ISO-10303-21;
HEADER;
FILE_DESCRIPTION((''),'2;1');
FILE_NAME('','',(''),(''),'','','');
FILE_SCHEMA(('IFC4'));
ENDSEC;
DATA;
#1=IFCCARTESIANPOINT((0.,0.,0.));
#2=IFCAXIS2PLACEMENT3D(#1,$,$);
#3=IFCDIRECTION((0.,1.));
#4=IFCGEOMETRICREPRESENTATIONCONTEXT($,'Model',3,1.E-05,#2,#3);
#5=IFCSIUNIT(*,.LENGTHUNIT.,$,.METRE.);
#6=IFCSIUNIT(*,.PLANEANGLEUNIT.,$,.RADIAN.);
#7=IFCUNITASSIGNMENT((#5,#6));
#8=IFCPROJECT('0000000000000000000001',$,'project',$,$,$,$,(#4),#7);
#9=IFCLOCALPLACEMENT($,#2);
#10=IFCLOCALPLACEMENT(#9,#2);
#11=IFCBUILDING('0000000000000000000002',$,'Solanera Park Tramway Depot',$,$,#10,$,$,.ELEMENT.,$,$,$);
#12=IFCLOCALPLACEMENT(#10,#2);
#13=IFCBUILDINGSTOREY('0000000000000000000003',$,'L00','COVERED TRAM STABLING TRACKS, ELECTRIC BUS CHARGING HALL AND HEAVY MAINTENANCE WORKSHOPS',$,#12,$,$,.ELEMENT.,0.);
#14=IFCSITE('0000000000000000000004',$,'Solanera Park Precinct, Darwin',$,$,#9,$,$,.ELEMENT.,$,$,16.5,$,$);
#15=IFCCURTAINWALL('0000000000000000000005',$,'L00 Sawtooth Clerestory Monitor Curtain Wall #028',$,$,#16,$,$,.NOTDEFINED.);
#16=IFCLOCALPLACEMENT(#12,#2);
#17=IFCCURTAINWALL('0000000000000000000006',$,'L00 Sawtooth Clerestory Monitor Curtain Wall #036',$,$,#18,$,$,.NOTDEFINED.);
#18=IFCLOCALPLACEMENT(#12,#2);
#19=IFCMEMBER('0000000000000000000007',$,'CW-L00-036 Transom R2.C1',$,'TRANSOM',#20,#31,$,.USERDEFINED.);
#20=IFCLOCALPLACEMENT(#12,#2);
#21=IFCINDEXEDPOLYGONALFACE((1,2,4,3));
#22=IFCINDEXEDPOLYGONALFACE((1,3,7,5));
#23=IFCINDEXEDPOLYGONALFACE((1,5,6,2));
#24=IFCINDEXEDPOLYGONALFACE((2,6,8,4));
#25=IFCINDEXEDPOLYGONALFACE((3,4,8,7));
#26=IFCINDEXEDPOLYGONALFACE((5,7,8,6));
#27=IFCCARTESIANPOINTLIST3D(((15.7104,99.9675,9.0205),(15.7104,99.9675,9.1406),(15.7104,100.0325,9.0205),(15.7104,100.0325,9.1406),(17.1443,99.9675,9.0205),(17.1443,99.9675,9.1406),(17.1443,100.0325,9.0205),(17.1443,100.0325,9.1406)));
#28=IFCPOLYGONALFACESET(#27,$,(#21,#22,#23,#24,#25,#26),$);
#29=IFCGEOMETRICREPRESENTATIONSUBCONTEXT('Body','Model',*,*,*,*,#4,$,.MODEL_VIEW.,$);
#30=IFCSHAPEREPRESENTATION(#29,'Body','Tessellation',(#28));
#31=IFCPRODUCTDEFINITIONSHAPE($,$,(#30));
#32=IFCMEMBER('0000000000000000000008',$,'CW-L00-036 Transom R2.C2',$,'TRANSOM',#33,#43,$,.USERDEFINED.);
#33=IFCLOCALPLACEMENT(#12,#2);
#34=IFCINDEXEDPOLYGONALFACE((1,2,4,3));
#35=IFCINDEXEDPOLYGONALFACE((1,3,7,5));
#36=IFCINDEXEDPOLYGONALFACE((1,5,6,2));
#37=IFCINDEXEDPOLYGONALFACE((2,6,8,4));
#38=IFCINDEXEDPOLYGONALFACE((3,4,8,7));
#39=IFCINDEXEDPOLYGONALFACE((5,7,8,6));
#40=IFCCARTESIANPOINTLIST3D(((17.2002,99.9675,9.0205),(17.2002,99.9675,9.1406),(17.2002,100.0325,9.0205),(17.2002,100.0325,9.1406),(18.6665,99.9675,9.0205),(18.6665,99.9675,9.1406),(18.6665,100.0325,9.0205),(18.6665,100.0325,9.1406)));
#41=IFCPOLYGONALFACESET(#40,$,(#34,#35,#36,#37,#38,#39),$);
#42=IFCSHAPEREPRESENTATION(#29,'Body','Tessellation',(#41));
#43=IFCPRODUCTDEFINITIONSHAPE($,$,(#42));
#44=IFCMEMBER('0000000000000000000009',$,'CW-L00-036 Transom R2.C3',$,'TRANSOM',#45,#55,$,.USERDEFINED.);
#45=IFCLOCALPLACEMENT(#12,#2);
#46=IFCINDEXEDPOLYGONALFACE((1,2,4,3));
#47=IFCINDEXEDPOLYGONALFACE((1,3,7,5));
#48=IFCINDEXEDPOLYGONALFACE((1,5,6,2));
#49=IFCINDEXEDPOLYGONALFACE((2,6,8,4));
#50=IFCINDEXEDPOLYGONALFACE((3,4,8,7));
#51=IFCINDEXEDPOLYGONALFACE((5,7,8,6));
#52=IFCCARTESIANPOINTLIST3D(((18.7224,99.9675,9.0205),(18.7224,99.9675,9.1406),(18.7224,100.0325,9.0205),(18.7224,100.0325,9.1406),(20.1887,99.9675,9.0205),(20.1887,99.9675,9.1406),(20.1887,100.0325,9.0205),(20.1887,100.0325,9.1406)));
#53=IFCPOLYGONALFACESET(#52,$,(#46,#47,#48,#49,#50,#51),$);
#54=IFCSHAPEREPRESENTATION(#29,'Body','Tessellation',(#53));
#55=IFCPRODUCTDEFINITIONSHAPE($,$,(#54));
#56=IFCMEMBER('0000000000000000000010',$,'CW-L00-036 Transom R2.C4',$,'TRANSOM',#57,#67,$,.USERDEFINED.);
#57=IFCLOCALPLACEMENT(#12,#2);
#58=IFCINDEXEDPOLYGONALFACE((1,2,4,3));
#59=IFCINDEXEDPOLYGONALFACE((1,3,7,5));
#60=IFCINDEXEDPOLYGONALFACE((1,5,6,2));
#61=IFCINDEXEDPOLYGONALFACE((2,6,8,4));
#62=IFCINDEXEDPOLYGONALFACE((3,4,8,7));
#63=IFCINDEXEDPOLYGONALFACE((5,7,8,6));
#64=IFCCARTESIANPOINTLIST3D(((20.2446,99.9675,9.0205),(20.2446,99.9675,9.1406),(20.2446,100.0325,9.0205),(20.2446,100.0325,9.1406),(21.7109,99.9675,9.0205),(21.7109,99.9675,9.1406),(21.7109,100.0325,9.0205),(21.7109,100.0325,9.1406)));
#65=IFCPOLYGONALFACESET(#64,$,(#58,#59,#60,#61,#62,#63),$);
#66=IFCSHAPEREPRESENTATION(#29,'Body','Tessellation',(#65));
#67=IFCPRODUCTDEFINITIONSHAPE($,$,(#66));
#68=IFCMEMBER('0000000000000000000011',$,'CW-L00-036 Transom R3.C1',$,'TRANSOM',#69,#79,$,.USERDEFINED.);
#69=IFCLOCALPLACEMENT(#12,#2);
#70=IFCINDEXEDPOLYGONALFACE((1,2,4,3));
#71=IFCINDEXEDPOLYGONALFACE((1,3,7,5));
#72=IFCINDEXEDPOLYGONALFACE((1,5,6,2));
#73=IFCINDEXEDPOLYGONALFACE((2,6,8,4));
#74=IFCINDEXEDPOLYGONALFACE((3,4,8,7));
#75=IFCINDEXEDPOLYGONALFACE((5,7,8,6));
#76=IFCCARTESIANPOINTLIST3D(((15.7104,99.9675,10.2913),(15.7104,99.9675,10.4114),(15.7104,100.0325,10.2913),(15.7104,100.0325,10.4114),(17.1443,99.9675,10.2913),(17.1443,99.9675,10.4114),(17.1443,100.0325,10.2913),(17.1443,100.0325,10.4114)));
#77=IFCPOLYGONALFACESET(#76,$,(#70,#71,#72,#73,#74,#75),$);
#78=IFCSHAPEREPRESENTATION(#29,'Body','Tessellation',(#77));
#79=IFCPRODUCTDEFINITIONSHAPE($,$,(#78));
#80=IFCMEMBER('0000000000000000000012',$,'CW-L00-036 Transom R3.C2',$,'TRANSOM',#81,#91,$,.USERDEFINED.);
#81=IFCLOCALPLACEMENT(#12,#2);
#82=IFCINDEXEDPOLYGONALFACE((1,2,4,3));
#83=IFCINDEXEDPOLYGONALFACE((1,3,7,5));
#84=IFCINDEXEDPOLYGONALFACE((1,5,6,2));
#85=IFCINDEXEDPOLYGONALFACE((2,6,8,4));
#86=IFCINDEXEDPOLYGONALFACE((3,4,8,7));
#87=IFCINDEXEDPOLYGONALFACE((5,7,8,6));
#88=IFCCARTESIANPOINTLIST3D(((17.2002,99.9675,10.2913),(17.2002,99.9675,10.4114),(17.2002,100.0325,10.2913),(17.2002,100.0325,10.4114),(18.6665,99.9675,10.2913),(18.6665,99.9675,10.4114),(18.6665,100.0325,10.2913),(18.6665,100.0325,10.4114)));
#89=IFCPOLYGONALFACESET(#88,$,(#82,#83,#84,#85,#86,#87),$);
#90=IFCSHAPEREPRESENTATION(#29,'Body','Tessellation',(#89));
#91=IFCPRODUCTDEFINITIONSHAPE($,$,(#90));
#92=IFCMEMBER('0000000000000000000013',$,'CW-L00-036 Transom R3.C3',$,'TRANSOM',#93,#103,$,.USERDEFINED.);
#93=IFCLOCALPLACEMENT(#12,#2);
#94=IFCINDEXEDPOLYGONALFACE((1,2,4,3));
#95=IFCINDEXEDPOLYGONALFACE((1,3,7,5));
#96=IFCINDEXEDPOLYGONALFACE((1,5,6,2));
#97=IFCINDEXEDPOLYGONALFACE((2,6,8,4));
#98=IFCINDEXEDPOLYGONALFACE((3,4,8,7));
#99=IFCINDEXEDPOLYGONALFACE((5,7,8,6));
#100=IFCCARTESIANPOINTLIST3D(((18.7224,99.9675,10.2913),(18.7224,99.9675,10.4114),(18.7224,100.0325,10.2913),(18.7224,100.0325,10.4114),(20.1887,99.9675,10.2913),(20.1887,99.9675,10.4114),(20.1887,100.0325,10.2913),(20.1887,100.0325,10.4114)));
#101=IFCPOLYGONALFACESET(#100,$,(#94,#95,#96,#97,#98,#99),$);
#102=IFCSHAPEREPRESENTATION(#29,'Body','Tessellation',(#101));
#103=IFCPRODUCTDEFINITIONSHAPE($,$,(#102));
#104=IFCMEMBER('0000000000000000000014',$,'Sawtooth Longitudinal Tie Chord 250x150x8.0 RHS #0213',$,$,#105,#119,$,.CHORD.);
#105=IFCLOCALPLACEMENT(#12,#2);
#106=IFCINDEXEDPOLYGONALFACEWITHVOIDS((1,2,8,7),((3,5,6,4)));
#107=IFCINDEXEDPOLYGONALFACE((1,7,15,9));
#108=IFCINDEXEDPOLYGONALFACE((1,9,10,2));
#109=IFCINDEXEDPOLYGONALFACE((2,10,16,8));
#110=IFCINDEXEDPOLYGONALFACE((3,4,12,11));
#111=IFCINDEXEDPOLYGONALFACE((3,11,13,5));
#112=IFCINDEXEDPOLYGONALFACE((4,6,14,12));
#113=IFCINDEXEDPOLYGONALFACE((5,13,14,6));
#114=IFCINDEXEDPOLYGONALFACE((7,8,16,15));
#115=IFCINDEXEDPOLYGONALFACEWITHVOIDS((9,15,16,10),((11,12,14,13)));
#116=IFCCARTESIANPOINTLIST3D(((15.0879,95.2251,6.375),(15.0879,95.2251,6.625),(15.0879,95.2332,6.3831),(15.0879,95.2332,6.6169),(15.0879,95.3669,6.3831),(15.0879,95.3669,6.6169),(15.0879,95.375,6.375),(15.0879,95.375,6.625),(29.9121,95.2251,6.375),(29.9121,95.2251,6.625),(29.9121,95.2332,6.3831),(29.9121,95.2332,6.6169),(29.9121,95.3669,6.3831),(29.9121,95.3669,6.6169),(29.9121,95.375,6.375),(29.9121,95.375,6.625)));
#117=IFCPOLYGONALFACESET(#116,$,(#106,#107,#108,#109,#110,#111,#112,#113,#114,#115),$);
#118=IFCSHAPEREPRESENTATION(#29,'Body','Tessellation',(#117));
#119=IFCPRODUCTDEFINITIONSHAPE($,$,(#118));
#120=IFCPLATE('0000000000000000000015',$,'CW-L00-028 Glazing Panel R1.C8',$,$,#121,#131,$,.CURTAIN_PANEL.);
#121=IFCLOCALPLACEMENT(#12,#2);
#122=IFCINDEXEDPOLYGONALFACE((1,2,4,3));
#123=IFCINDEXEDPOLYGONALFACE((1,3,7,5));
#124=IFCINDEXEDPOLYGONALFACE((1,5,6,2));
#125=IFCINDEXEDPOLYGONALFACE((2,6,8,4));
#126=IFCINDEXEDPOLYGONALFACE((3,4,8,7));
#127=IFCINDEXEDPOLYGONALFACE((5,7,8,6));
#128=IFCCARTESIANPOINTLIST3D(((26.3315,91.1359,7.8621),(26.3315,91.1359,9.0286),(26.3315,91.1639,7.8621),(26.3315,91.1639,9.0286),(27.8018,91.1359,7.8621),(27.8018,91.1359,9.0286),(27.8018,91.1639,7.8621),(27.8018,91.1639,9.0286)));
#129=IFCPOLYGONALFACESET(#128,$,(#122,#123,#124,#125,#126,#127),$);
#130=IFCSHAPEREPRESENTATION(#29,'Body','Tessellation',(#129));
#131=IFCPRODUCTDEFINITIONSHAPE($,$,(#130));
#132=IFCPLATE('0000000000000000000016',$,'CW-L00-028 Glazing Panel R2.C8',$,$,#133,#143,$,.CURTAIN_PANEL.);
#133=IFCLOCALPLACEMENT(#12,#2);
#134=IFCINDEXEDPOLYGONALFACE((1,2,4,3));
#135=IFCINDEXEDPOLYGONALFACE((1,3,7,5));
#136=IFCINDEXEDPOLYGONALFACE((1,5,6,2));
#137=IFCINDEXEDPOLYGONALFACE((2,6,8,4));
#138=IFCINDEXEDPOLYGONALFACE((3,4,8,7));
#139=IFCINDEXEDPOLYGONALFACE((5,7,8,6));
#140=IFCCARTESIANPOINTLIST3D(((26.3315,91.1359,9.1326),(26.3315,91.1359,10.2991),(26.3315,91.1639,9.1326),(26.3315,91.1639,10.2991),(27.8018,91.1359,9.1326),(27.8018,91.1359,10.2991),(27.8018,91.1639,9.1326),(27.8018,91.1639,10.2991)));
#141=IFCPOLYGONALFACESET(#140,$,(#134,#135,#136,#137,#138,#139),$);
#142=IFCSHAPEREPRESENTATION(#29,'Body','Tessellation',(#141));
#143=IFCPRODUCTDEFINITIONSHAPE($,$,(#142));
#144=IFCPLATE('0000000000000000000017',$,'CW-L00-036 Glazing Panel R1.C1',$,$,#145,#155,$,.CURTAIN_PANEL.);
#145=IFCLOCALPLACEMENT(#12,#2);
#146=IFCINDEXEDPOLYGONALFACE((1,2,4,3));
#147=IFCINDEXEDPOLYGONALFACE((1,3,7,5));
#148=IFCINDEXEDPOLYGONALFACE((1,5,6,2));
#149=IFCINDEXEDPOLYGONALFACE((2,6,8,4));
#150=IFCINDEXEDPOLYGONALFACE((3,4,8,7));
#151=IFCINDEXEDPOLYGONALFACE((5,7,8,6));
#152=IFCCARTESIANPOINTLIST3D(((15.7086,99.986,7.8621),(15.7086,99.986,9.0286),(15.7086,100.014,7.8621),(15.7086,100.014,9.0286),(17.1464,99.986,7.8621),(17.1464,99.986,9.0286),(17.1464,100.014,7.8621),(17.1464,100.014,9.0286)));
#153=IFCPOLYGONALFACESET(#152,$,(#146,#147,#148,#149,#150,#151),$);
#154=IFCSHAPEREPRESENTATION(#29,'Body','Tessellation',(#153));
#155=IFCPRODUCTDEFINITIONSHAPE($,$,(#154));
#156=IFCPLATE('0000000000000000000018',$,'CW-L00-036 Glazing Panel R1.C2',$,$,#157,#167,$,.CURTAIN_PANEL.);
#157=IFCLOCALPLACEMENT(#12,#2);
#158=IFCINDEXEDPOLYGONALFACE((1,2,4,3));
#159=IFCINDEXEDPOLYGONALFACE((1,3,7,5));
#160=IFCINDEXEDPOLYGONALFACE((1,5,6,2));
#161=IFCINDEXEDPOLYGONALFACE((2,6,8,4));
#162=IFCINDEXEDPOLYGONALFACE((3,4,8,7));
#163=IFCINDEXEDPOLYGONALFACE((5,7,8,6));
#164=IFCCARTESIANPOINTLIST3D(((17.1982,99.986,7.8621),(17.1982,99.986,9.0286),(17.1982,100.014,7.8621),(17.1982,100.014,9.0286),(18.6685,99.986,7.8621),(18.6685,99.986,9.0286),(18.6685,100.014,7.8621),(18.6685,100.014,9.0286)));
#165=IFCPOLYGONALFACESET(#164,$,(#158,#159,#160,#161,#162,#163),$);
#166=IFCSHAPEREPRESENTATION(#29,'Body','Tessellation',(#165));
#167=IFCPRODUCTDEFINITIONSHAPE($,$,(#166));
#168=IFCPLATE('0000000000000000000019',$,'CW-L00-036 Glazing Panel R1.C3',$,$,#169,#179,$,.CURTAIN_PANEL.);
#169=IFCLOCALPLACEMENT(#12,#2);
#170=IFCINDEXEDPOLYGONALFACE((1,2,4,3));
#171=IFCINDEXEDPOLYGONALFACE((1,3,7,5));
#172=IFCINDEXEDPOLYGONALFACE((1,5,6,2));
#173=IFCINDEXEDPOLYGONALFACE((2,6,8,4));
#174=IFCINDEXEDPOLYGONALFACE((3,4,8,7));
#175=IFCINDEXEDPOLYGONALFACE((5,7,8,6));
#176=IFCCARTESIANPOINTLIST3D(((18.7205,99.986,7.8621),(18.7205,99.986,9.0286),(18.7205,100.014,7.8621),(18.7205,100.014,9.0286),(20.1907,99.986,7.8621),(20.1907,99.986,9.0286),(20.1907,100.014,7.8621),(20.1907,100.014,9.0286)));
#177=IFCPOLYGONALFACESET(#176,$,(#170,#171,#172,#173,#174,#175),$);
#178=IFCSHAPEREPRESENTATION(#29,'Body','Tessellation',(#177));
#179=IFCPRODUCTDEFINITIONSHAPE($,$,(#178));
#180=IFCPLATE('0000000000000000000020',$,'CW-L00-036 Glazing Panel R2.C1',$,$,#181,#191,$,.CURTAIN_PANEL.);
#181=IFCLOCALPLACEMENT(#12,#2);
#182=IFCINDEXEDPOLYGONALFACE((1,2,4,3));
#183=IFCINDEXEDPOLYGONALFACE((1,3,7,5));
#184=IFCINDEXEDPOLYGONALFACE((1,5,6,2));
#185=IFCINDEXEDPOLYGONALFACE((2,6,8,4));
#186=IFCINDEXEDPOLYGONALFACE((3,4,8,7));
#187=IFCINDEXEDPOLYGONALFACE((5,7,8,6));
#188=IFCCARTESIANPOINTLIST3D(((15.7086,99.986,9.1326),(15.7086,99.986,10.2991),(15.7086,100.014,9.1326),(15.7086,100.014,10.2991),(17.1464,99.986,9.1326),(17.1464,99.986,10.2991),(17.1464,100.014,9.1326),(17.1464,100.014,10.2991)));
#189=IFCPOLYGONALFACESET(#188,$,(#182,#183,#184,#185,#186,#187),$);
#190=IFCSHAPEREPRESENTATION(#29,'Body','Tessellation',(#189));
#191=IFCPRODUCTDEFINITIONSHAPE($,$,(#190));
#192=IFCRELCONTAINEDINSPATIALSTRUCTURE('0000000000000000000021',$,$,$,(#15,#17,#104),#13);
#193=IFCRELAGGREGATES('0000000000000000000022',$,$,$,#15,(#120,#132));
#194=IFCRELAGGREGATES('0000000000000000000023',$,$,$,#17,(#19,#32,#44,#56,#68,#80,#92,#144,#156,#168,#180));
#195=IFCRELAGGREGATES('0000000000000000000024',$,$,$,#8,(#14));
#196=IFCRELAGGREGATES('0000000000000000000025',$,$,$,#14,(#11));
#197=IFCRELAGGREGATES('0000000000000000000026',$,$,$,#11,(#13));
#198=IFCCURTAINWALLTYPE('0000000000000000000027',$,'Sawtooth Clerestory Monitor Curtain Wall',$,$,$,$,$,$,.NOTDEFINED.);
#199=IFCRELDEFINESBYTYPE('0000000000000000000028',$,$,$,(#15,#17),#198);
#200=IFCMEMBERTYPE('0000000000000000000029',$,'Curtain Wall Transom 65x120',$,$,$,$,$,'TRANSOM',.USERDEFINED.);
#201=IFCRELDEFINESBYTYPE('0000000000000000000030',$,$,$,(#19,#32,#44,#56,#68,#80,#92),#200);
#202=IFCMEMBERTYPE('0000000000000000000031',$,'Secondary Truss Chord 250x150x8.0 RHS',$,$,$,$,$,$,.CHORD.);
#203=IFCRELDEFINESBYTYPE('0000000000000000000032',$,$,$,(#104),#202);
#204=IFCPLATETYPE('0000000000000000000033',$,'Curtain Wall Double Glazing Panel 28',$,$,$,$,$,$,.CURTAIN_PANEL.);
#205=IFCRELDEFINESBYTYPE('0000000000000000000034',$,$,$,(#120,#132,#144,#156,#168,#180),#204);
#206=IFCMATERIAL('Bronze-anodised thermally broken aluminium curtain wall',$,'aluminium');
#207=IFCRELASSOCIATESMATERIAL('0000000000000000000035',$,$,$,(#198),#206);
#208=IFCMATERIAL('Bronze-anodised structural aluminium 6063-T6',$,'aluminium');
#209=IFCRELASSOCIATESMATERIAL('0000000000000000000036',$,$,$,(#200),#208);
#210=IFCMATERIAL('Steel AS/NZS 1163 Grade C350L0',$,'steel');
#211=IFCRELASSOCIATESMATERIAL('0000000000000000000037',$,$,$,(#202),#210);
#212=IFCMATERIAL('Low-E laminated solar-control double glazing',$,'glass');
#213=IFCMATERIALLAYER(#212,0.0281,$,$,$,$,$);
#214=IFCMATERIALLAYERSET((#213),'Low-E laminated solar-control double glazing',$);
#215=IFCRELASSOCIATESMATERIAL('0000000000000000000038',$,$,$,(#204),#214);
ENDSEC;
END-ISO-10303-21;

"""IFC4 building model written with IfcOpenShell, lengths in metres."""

from ifc_helpers import new_model, si_unit, direction, frame, origin, origin_2d, place, context, subcontext, project, spatial, rectangle, hollow_rectangle, extrude, material, layer, layer_set, material_profile, profile_set, type_object, element, aggregate, save


model = new_model("IFC4")

# Units and contexts
model_context = context("Model", 3, precision=1e-05, world=origin(), true_north=direction((0.0, 1.0)))
body_context = subcontext(model_context, "Body", "Model", "MODEL_VIEW")
ifc_project = project(units=[si_unit("LENGTHUNIT", "METRE"), si_unit("PLANEANGLEUNIT", "RADIAN")], contexts=[model_context])

# Site, building, storey
site_placement = place(None, origin())
site = spatial("IfcSite", under=ifc_project, at=site_placement, Name="Solanera Park Precinct, Darwin", CompositionType="ELEMENT", RefElevation=16.5)
building_placement = place(site_placement, origin())
building = spatial("IfcBuilding", under=site, at=building_placement, Name="Solanera Park Tramway Depot", CompositionType="ELEMENT")
storey_placement = place(building_placement, origin())
storey = spatial("IfcBuildingStorey", under=building, at=storey_placement, Name="L00", Description="COVERED TRAM STABLING TRACKS, ELECTRIC BUS CHARGING HALL AND HEAVY MAINTENANCE WORKSHOPS", CompositionType="ELEMENT", Elevation=0.0)

# Curtain walls
ifc_material_1 = material(Name="Bronze-anodised thermally broken aluminium curtain wall", Category="aluminium")
curtain_wall_type = type_object("IfcCurtainWallType", Name="Sawtooth Clerestory Monitor Curtain Wall", PredefinedType="NOTDEFINED", material=ifc_material_1)
curtain_wall_1_placement = place(storey_placement, origin())
curtain_wall_1 = element("IfcCurtainWall", 1, at=curtain_wall_1_placement, inside=storey, type_object=curtain_wall_type, Name="L00 Sawtooth Clerestory Monitor Curtain Wall #028", PredefinedType="NOTDEFINED")
curtain_wall_2_placement = place(storey_placement, origin())
curtain_wall_2 = element("IfcCurtainWall", 2, at=curtain_wall_2_placement, inside=storey, type_object=curtain_wall_type, Name="L00 Sawtooth Clerestory Monitor Curtain Wall #036", PredefinedType="NOTDEFINED")

# Members
ifc_material_2 = material(Name="Bronze-anodised structural aluminium 6063-T6", Category="aluminium")
ifc_material_profile_1 = material_profile(ifc_material_2, rectangle(XDim=0.0649, YDim=0.1201, at=origin_2d()), Name="Curtain Wall Transom 65x120")
ifc_profile_set_1 = profile_set([ifc_material_profile_1], Name="Bronze-anodised structural aluminium 6063-T6")
member_type_1 = type_object("IfcMemberType", Name="Curtain Wall Transom 65x120", ElementType="TRANSOM", PredefinedType="USERDEFINED", material=ifc_profile_set_1)
member_1_placement = place(storey_placement, frame((15.7104, 100.0, 9.0806), z_axis=(1.0, 0.0, 0.0), x_axis=(0.0, 1.0, 0.0)))
member_1 = element("IfcMember", 3, at=member_1_placement, type_object=member_type_1, Name="CW-L00-036 Transom R2.C1", ObjectType="TRANSOM", PredefinedType="USERDEFINED", context=body_context, shape_type="SweptSolid", body=[
    extrude(rectangle(XDim=0.0649, YDim=0.1201, at=origin_2d()), origin(), (0.0, 0.0, 1.0), 1.4338),
])
member_2_placement = place(storey_placement, frame((17.2002, 100.0, 9.0806), z_axis=(1.0, 0.0, 0.0), x_axis=(0.0, 1.0, 0.0)))
member_2 = element("IfcMember", 4, at=member_2_placement, type_object=member_type_1, Name="CW-L00-036 Transom R2.C2", ObjectType="TRANSOM", PredefinedType="USERDEFINED", context=body_context, shape_type="SweptSolid", body=[
    extrude(rectangle(XDim=0.0649, YDim=0.1201, at=origin_2d()), origin(), (0.0, 0.0, 1.0), 1.4663),
])
member_3_placement = place(storey_placement, frame((18.7224, 100.0, 9.0806), z_axis=(1.0, 0.0, 0.0), x_axis=(0.0, 1.0, 0.0)))
member_3 = element("IfcMember", 5, at=member_3_placement, type_object=member_type_1, Name="CW-L00-036 Transom R2.C3", ObjectType="TRANSOM", PredefinedType="USERDEFINED", context=body_context, shape_type="SweptSolid", body=[
    extrude(rectangle(XDim=0.0649, YDim=0.1201, at=origin_2d()), origin(), (0.0, 0.0, 1.0), 1.4663),
])
member_4_placement = place(storey_placement, frame((20.2446, 100.0, 9.0806), z_axis=(1.0, 0.0, 0.0), x_axis=(0.0, 1.0, 0.0)))
member_4 = element("IfcMember", 6, at=member_4_placement, type_object=member_type_1, Name="CW-L00-036 Transom R2.C4", ObjectType="TRANSOM", PredefinedType="USERDEFINED", context=body_context, shape_type="SweptSolid", body=[
    extrude(rectangle(XDim=0.0649, YDim=0.1201, at=origin_2d()), origin(), (0.0, 0.0, 1.0), 1.4663),
])
member_5_placement = place(storey_placement, frame((15.7104, 100.0, 10.3513), z_axis=(1.0, 0.0, 0.0), x_axis=(0.0, 1.0, 0.0)))
member_5 = element("IfcMember", 7, at=member_5_placement, type_object=member_type_1, Name="CW-L00-036 Transom R3.C1", ObjectType="TRANSOM", PredefinedType="USERDEFINED", context=body_context, shape_type="SweptSolid", body=[
    extrude(rectangle(XDim=0.0649, YDim=0.1201, at=origin_2d()), origin(), (0.0, 0.0, 1.0), 1.4338),
])
member_6_placement = place(storey_placement, frame((17.2002, 100.0, 10.3513), z_axis=(1.0, 0.0, 0.0), x_axis=(0.0, 1.0, 0.0)))
member_6 = element("IfcMember", 8, at=member_6_placement, type_object=member_type_1, Name="CW-L00-036 Transom R3.C2", ObjectType="TRANSOM", PredefinedType="USERDEFINED", context=body_context, shape_type="SweptSolid", body=[
    extrude(rectangle(XDim=0.0649, YDim=0.1201, at=origin_2d()), origin(), (0.0, 0.0, 1.0), 1.4663),
])
member_7_placement = place(storey_placement, frame((18.7224, 100.0, 10.3513), z_axis=(1.0, 0.0, 0.0), x_axis=(0.0, 1.0, 0.0)))
member_7 = element("IfcMember", 9, at=member_7_placement, type_object=member_type_1, Name="CW-L00-036 Transom R3.C3", ObjectType="TRANSOM", PredefinedType="USERDEFINED", context=body_context, shape_type="SweptSolid", body=[
    extrude(rectangle(XDim=0.0649, YDim=0.1201, at=origin_2d()), origin(), (0.0, 0.0, 1.0), 1.4663),
])
ifc_material_3 = material(Name="Steel AS/NZS 1163 Grade C350L0", Category="steel")
ifc_material_profile_2 = material_profile(ifc_material_3, hollow_rectangle(XDim=0.1499, YDim=0.25, WallThickness=0.0081, at=origin_2d()), Name="250x150x8.0 RHS")
ifc_profile_set_2 = profile_set([ifc_material_profile_2], Name="Steel AS/NZS 1163 Grade C350L0")
member_type_2 = type_object("IfcMemberType", Name="Secondary Truss Chord 250x150x8.0 RHS", PredefinedType="CHORD", material=ifc_profile_set_2)
member_8_placement = place(storey_placement, frame((15.0879, 95.3, 6.5), z_axis=(1.0, 0.0, 0.0), x_axis=(0.0, 1.0, 0.0)))
element("IfcMember", 10, at=member_8_placement, inside=storey, type_object=member_type_2, Name="Sawtooth Longitudinal Tie Chord 250x150x8.0 RHS #0213", PredefinedType="CHORD", context=body_context, shape_type="SweptSolid", body=[
    extrude(hollow_rectangle(XDim=0.1499, YDim=0.25, WallThickness=0.0081, at=origin_2d()), origin(), (0.0, 0.0, 1.0), 14.8242),
])

# Plates
ifc_material_4 = material(Name="Low-E laminated solar-control double glazing", Category="glass")
ifc_layer_1 = layer(ifc_material_4, 0.0281)
ifc_layer_set_1 = layer_set([ifc_layer_1], Name="Low-E laminated solar-control double glazing")
plate_type_1 = type_object("IfcPlateType", Name="Curtain Wall Double Glazing Panel 28", PredefinedType="CURTAIN_PANEL", material=ifc_layer_set_1)
plate_1_placement = place(storey_placement, frame((27.0667, 91.1499, 7.8621), z_axis=(0.0, 0.0, 1.0), x_axis=(1.0, 0.0, 0.0)))
plate_1 = element("IfcPlate", 11, at=plate_1_placement, type_object=plate_type_1, Name="CW-L00-028 Glazing Panel R1.C8", PredefinedType="CURTAIN_PANEL", context=body_context, shape_type="SweptSolid", body=[
    extrude(rectangle(XDim=1.4702, YDim=0.0281, at=origin_2d()), origin(), (0.0, 0.0, 1.0), 1.1665),
])
plate_2_placement = place(storey_placement, frame((27.0667, 91.1499, 9.1326), z_axis=(0.0, 0.0, 1.0), x_axis=(1.0, 0.0, 0.0)))
plate_2 = element("IfcPlate", 12, at=plate_2_placement, type_object=plate_type_1, Name="CW-L00-028 Glazing Panel R2.C8", PredefinedType="CURTAIN_PANEL", context=body_context, shape_type="SweptSolid", body=[
    extrude(rectangle(XDim=1.4702, YDim=0.0281, at=origin_2d()), origin(), (0.0, 0.0, 1.0), 1.1665),
])
aggregate(curtain_wall_1, [plate_1, plate_2])
plate_3_placement = place(storey_placement, frame((16.4275, 100.0, 7.8621), z_axis=(0.0, 0.0, 1.0), x_axis=(1.0, 0.0, 0.0)))
plate_3 = element("IfcPlate", 13, at=plate_3_placement, type_object=plate_type_1, Name="CW-L00-036 Glazing Panel R1.C1", PredefinedType="CURTAIN_PANEL", context=body_context, shape_type="SweptSolid", body=[
    extrude(rectangle(XDim=1.4377, YDim=0.0281, at=origin_2d()), origin(), (0.0, 0.0, 1.0), 1.1665),
])
plate_4_placement = place(storey_placement, frame((17.9333, 100.0, 7.8621), z_axis=(0.0, 0.0, 1.0), x_axis=(1.0, 0.0, 0.0)))
plate_4 = element("IfcPlate", 14, at=plate_4_placement, type_object=plate_type_1, Name="CW-L00-036 Glazing Panel R1.C2", PredefinedType="CURTAIN_PANEL", context=body_context, shape_type="SweptSolid", body=[
    extrude(rectangle(XDim=1.4702, YDim=0.0281, at=origin_2d()), origin(), (0.0, 0.0, 1.0), 1.1665),
])
plate_5_placement = place(storey_placement, frame((19.4556, 100.0, 7.8621), z_axis=(0.0, 0.0, 1.0), x_axis=(1.0, 0.0, 0.0)))
plate_5 = element("IfcPlate", 15, at=plate_5_placement, type_object=plate_type_1, Name="CW-L00-036 Glazing Panel R1.C3", PredefinedType="CURTAIN_PANEL", context=body_context, shape_type="SweptSolid", body=[
    extrude(rectangle(XDim=1.4702, YDim=0.0281, at=origin_2d()), origin(), (0.0, 0.0, 1.0), 1.1665),
])
plate_6_placement = place(storey_placement, frame((16.4275, 100.0, 9.1326), z_axis=(0.0, 0.0, 1.0), x_axis=(1.0, 0.0, 0.0)))
plate_6 = element("IfcPlate", 16, at=plate_6_placement, type_object=plate_type_1, Name="CW-L00-036 Glazing Panel R2.C1", PredefinedType="CURTAIN_PANEL", context=body_context, shape_type="SweptSolid", body=[
    extrude(rectangle(XDim=1.4377, YDim=0.0281, at=origin_2d()), origin(), (0.0, 0.0, 1.0), 1.1665),
])
aggregate(curtain_wall_2, [member_1, member_2, member_3, member_4, member_5, member_6, member_7, plate_3, plate_4, plate_5, plate_6])

save(model, "model.ifc")
